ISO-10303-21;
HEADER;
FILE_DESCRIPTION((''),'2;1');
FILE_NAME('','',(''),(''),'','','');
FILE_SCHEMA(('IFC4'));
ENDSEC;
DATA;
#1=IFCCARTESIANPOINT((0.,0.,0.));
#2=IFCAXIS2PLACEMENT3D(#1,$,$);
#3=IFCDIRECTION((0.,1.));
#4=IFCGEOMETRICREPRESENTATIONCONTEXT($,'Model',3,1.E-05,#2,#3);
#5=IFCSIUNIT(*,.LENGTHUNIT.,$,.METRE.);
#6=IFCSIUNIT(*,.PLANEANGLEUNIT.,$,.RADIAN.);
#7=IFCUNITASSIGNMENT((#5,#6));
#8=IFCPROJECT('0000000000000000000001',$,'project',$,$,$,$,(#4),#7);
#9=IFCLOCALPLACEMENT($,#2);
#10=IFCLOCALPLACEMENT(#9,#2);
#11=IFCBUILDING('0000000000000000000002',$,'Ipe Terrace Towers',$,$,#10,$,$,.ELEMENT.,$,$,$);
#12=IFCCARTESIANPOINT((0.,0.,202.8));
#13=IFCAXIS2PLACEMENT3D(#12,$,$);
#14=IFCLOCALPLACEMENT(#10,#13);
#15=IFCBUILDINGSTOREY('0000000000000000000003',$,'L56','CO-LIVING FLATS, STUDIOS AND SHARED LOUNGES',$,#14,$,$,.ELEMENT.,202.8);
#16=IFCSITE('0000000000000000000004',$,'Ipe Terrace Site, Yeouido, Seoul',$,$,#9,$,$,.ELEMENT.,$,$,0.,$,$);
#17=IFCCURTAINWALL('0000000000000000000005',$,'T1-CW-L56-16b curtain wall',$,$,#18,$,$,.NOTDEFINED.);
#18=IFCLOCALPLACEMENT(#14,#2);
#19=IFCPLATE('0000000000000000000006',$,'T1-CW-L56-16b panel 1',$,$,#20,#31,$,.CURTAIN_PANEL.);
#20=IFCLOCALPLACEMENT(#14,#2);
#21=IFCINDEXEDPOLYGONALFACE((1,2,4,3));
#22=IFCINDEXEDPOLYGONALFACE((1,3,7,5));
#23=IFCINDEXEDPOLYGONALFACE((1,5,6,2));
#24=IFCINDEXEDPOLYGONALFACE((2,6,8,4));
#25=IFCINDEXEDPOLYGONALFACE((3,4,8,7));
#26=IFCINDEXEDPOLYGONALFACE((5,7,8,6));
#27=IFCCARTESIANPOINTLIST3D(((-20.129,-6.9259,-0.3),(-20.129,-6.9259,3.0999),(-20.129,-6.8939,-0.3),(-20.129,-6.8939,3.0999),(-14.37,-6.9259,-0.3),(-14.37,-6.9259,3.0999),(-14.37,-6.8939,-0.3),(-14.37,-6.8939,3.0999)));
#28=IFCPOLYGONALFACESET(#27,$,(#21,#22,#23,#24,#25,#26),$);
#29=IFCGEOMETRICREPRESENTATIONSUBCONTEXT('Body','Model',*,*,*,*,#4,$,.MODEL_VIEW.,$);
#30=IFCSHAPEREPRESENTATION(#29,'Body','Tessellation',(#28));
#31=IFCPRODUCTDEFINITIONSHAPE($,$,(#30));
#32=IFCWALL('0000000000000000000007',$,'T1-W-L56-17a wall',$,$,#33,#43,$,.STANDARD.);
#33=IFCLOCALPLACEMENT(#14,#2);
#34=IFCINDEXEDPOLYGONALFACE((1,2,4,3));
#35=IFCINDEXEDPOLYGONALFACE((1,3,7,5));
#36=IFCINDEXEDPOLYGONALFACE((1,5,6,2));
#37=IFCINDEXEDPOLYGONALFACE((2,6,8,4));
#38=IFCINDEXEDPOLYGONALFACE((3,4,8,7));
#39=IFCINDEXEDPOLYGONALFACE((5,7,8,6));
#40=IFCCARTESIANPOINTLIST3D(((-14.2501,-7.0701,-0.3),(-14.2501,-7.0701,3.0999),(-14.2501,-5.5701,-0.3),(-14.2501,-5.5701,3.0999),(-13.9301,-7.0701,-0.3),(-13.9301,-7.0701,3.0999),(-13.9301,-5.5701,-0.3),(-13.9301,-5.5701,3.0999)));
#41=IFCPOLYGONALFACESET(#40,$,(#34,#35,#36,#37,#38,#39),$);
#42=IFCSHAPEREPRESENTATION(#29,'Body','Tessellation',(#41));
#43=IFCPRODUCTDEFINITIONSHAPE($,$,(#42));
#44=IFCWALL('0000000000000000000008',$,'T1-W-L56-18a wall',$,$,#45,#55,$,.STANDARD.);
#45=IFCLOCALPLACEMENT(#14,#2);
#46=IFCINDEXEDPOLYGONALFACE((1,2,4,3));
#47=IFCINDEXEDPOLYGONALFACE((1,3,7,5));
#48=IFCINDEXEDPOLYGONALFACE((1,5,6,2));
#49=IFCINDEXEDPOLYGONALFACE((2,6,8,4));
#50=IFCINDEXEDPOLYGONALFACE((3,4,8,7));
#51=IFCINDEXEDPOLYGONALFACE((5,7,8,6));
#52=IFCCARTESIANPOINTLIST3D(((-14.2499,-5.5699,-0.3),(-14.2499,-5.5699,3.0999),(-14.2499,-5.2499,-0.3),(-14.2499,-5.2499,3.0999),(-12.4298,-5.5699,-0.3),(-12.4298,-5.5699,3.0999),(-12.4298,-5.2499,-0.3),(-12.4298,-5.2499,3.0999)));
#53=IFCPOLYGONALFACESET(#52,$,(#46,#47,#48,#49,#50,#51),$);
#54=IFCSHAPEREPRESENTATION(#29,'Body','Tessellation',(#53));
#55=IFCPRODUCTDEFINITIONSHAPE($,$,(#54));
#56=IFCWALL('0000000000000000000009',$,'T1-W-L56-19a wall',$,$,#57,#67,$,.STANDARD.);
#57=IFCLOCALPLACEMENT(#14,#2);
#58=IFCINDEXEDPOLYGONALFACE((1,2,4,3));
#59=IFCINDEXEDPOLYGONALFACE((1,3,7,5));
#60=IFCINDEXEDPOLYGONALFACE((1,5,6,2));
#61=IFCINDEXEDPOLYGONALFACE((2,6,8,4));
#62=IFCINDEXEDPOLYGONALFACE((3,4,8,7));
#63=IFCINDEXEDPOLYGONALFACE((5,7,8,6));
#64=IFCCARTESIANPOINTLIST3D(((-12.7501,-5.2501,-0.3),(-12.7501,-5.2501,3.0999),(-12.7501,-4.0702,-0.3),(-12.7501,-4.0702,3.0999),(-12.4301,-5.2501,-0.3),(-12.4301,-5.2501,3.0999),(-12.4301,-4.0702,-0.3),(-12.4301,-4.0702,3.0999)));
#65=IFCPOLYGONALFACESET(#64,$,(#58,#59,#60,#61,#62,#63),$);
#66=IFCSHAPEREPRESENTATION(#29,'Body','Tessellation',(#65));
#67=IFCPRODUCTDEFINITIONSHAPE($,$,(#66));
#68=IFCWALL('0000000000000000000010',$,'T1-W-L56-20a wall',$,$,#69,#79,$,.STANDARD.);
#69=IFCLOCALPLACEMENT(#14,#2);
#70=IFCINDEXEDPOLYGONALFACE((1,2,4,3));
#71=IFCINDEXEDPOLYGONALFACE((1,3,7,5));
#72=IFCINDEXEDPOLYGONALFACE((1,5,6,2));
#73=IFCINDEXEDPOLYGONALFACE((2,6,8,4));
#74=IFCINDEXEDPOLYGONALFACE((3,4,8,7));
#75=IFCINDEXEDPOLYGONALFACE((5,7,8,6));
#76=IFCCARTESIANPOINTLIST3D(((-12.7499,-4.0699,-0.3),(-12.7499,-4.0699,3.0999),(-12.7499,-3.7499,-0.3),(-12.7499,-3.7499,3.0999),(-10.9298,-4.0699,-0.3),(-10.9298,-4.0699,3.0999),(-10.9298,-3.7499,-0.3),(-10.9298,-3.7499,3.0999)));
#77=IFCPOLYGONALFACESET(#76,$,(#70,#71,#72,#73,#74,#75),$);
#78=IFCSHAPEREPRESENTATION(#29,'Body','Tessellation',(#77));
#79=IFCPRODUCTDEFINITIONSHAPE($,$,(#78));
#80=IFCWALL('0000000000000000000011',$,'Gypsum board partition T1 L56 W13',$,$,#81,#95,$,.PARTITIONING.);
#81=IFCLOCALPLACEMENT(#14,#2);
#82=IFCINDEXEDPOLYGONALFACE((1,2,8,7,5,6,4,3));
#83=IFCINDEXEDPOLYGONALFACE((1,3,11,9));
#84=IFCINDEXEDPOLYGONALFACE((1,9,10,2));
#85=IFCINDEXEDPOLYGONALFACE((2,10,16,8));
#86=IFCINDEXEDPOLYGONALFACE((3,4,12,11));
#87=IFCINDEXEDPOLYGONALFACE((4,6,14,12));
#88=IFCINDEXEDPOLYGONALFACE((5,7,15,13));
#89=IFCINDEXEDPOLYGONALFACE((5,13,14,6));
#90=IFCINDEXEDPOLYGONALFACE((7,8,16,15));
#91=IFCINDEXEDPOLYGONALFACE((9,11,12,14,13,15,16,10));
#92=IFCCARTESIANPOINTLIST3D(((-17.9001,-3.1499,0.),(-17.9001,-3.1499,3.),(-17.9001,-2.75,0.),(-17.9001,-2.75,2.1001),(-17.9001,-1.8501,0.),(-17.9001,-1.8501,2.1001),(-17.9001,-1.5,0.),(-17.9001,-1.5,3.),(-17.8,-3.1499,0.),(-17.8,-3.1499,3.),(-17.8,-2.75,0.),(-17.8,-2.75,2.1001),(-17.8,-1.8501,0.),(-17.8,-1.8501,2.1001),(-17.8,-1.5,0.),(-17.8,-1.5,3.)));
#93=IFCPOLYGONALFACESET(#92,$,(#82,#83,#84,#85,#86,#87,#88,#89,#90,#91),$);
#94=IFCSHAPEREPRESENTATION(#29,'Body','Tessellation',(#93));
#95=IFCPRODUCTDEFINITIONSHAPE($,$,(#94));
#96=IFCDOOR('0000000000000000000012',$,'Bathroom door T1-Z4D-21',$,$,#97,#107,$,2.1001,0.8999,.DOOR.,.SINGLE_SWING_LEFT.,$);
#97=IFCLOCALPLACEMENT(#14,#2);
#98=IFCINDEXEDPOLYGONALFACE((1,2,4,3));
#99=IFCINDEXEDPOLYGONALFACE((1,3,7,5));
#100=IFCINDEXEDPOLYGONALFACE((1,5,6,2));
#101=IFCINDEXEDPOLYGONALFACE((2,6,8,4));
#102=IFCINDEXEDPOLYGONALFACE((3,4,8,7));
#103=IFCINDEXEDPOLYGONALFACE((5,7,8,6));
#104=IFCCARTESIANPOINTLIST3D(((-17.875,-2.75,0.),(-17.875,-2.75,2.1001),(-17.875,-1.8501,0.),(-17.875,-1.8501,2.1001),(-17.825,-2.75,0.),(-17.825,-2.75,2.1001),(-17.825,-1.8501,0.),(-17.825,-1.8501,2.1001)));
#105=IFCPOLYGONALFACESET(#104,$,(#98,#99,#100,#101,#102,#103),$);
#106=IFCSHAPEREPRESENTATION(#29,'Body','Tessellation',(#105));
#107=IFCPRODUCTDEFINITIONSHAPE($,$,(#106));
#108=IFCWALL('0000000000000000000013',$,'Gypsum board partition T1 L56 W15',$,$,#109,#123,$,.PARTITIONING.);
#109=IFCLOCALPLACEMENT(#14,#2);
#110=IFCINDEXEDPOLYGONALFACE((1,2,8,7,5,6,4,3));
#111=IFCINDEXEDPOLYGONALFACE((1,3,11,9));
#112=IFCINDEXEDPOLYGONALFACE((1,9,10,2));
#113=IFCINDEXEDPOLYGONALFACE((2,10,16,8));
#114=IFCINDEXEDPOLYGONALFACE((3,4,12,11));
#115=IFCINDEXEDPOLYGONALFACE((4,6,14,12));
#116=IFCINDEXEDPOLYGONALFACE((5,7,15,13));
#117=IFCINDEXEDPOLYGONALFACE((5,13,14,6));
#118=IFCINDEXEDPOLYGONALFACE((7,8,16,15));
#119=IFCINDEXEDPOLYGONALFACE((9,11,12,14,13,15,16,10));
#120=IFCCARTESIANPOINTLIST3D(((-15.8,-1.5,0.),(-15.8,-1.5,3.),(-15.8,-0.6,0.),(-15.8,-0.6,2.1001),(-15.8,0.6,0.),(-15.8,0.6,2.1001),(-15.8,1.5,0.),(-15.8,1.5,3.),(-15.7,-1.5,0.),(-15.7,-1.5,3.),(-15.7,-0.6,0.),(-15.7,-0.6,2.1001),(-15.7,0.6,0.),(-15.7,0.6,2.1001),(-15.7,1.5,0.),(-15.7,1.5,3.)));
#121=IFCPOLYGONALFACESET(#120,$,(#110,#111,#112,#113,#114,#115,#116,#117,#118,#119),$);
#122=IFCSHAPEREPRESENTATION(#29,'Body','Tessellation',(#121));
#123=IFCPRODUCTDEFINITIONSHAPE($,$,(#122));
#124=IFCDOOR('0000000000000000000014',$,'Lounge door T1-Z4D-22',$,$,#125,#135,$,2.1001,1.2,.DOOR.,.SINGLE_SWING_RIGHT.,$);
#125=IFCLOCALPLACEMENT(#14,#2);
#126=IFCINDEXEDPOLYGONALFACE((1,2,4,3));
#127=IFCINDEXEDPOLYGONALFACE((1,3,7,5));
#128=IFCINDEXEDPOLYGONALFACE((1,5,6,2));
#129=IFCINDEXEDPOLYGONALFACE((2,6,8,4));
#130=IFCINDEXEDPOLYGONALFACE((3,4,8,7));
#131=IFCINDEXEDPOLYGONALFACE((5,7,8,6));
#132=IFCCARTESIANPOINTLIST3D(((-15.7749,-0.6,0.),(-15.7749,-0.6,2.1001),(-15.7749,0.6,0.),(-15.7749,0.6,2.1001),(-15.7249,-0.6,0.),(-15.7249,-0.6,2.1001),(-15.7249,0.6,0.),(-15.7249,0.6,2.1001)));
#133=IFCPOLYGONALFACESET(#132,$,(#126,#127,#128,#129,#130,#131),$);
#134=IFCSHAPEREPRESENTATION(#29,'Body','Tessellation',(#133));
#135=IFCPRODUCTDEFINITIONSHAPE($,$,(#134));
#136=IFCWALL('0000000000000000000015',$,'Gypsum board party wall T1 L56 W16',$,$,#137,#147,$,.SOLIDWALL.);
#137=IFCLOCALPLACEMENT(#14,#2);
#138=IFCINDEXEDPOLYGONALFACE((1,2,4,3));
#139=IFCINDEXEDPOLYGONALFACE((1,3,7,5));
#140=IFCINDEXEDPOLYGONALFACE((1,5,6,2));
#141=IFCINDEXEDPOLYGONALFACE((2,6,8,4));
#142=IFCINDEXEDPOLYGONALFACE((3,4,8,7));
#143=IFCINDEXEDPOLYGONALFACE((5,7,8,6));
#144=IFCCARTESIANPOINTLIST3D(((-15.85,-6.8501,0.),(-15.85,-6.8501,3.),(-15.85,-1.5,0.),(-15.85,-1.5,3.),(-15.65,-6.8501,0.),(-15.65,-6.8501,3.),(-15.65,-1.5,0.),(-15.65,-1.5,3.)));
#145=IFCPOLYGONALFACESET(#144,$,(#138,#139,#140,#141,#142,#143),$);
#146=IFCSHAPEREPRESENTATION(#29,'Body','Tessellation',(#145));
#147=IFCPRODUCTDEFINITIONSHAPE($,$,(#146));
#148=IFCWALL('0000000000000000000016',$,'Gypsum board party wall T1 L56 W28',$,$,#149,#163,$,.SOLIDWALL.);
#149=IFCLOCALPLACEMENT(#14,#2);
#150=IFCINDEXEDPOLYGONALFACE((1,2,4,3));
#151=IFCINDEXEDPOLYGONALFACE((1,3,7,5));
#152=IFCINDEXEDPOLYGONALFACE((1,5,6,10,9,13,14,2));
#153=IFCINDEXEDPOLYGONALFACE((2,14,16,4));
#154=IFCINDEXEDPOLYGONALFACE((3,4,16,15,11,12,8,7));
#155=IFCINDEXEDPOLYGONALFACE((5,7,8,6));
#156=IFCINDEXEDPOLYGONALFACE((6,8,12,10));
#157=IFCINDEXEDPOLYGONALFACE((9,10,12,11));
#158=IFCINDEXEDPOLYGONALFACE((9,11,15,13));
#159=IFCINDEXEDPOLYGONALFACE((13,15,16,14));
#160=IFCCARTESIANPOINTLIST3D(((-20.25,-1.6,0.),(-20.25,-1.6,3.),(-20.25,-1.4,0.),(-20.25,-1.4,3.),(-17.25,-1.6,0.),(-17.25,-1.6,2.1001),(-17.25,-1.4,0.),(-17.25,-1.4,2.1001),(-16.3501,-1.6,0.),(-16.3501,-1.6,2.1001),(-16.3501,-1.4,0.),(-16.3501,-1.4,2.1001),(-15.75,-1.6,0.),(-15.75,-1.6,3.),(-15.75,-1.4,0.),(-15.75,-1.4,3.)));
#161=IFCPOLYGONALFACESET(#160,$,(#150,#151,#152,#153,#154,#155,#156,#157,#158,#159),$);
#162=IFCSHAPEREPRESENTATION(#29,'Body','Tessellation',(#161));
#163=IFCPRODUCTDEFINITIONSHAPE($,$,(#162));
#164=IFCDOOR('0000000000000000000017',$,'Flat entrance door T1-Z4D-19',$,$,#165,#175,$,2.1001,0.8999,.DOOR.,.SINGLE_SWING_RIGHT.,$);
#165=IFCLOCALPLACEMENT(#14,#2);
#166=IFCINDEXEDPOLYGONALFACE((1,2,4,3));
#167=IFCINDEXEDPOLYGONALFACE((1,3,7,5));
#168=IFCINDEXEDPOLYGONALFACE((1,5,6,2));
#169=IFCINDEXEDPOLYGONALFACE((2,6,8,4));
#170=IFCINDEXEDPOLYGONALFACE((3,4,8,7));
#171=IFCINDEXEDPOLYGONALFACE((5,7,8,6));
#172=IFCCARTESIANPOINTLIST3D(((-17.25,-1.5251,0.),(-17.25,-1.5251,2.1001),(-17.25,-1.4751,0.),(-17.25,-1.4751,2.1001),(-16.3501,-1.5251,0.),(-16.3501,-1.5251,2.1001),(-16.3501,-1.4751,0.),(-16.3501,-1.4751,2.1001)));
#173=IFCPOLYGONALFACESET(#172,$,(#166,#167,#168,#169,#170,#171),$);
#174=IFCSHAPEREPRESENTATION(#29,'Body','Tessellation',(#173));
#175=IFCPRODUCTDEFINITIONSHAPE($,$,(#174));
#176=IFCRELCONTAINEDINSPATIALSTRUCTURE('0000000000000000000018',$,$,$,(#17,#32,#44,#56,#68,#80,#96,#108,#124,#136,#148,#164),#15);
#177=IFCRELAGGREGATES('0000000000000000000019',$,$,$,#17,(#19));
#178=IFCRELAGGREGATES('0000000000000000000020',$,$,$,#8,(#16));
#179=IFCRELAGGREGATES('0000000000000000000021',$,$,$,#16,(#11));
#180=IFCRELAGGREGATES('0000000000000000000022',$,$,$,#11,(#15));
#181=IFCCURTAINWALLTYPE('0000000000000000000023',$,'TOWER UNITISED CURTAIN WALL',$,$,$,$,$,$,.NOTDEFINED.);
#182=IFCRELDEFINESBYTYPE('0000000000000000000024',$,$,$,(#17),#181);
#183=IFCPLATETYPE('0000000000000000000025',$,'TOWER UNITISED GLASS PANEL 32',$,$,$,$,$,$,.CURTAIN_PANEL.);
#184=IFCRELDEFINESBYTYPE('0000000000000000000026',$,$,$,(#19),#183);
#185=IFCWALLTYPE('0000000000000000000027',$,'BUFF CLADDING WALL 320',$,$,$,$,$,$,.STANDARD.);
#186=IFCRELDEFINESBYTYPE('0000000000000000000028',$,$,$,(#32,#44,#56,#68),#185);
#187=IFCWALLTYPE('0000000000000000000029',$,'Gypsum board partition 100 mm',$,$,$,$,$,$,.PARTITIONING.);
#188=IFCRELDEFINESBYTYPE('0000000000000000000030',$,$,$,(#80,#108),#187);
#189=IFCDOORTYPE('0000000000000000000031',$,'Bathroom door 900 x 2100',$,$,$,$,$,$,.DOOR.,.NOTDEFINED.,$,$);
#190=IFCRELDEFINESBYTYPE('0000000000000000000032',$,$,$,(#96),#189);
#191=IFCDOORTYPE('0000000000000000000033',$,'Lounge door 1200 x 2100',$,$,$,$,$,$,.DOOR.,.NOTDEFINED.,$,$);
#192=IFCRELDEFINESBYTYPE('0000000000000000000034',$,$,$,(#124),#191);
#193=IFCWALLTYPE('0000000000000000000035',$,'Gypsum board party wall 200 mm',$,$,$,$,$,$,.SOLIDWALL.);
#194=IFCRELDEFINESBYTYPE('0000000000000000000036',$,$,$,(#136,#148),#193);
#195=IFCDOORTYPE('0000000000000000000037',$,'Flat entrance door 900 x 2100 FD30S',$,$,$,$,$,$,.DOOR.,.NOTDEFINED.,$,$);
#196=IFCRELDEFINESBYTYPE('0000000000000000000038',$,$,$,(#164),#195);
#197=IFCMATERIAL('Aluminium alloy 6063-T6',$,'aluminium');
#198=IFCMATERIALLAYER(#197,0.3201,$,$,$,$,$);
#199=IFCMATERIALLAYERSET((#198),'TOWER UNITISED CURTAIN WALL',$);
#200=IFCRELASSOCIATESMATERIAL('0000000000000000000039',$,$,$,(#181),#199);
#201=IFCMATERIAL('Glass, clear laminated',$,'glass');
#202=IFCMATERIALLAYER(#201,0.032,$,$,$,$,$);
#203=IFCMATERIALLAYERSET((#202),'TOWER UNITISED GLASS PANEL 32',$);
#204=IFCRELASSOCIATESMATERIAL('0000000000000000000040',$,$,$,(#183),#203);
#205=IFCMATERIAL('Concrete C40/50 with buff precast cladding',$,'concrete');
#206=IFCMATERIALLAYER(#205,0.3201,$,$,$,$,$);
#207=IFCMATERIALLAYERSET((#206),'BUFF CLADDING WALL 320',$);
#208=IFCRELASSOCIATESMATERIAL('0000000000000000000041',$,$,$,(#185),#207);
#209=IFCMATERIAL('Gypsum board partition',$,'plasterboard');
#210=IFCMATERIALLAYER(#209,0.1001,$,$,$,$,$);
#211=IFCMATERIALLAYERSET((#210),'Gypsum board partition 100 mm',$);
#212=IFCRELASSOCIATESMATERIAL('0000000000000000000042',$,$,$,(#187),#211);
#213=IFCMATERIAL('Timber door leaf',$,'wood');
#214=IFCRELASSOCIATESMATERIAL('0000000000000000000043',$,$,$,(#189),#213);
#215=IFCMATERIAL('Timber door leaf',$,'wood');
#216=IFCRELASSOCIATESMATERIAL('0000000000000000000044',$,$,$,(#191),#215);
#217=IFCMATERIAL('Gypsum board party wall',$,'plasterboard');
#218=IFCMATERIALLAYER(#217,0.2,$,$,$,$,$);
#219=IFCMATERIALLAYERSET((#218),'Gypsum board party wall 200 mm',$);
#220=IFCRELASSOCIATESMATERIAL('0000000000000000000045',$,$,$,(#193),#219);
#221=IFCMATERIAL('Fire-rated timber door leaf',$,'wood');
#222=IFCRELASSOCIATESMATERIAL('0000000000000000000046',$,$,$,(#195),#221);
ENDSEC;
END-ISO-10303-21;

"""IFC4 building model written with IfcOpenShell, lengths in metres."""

from ifc_helpers import new_model, si_unit, direction, frame, frame_2d, origin, origin_2d, place, context, subcontext, project, spatial, rectangle, extrude, material, layer, layer_set, type_object, element, fill, aggregate, save


model = new_model("IFC4")

# Units and contexts
model_context = context("Model", 3, precision=1e-05, world=origin(), true_north=direction((0.0, 1.0)))
body_context = subcontext(model_context, "Body", "Model", "MODEL_VIEW")
ifc_project = project(units=[si_unit("LENGTHUNIT", "METRE"), si_unit("PLANEANGLEUNIT", "RADIAN")], contexts=[model_context])

# Site, building, storey
site_placement = place(None, origin())
site = spatial("IfcSite", under=ifc_project, at=site_placement, Name="Ipe Terrace Site, Yeouido, Seoul", CompositionType="ELEMENT", RefElevation=0.0)
building_placement = place(site_placement, origin())
building = spatial("IfcBuilding", under=site, at=building_placement, Name="Ipe Terrace Towers", CompositionType="ELEMENT")
storey_placement = place(building_placement, frame((0.0, 0.0, 202.8)))
storey = spatial("IfcBuildingStorey", under=building, at=storey_placement, Name="L56", Description="CO-LIVING FLATS, STUDIOS AND SHARED LOUNGES", CompositionType="ELEMENT", Elevation=202.8)

# Curtain wall, plate
ifc_material_1 = material(Name="Aluminium alloy 6063-T6", Category="aluminium")
ifc_layer_1 = layer(ifc_material_1, 0.3201)
ifc_layer_set_1 = layer_set([ifc_layer_1], Name="TOWER UNITISED CURTAIN WALL")
curtain_wall_type = type_object("IfcCurtainWallType", Name="TOWER UNITISED CURTAIN WALL", PredefinedType="NOTDEFINED", material=ifc_layer_set_1)
curtain_wall_placement = place(storey_placement, origin())
curtain_wall = element("IfcCurtainWall", 1, at=curtain_wall_placement, inside=storey, type_object=curtain_wall_type, Name="T1-CW-L56-16b curtain wall", PredefinedType="NOTDEFINED")
ifc_material_2 = material(Name="Glass, clear laminated", Category="glass")
ifc_layer_2 = layer(ifc_material_2, 0.032)
ifc_layer_set_2 = layer_set([ifc_layer_2], Name="TOWER UNITISED GLASS PANEL 32")
plate_type = type_object("IfcPlateType", Name="TOWER UNITISED GLASS PANEL 32", PredefinedType="CURTAIN_PANEL", material=ifc_layer_set_2)
plate_placement = place(storey_placement, frame((-17.2495, -6.9099, -0.3), z_axis=(0.0, 0.0, 1.0), x_axis=(1.0, 0.0, 0.0)))
plate = element("IfcPlate", 2, at=plate_placement, type_object=plate_type, Name="T1-CW-L56-16b panel 1", PredefinedType="CURTAIN_PANEL", context=body_context, shape_type="SweptSolid", body=[
    extrude(rectangle(XDim=5.759, YDim=0.032, at=origin_2d()), origin(), (0.0, 0.0, 1.0), 3.3999),
])
aggregate(curtain_wall, [plate])

# Walls
ifc_material_3 = material(Name="Concrete C40/50 with buff precast cladding", Category="concrete")
ifc_layer_3 = layer(ifc_material_3, 0.3201)
ifc_layer_set_3 = layer_set([ifc_layer_3], Name="BUFF CLADDING WALL 320")
wall_type_1 = type_object("IfcWallType", Name="BUFF CLADDING WALL 320", PredefinedType="STANDARD", material=ifc_layer_set_3)
wall_1_placement = place(storey_placement, frame((-14.0901, -7.0701, -0.3), z_axis=(0.0, 0.0, 1.0), x_axis=(0.0, 1.0, 0.0)))
element("IfcWall", 3, at=wall_1_placement, inside=storey, type_object=wall_type_1, Name="T1-W-L56-17a wall", PredefinedType="STANDARD", context=body_context, shape_type="SweptSolid", body=[
    extrude(rectangle(XDim=1.5, YDim=0.3201, at=frame_2d((0.75, 0.0))), origin(), (0.0, 0.0, 1.0), 3.3999),
])
wall_2_placement = place(storey_placement, frame((-14.25, -5.4099, -0.3), z_axis=(0.0, 0.0, 1.0), x_axis=(1.0, 0.0, 0.0)))
element("IfcWall", 4, at=wall_2_placement, inside=storey, type_object=wall_type_1, Name="T1-W-L56-18a wall", PredefinedType="STANDARD", context=body_context, shape_type="SweptSolid", body=[
    extrude(rectangle(XDim=1.8201, YDim=0.3201, at=frame_2d((0.9102, 0.0))), origin(), (0.0, 0.0, 1.0), 3.3999),
])
wall_3_placement = place(storey_placement, frame((-12.5901, -5.25, -0.3), z_axis=(0.0, 0.0, 1.0), x_axis=(0.0, 1.0, 0.0)))
element("IfcWall", 5, at=wall_3_placement, inside=storey, type_object=wall_type_1, Name="T1-W-L56-19a wall", PredefinedType="STANDARD", context=body_context, shape_type="SweptSolid", body=[
    extrude(rectangle(XDim=1.1799, YDim=0.3201, at=frame_2d((0.5898, 0.0))), origin(), (0.0, 0.0, 1.0), 3.3999),
])
wall_4_placement = place(storey_placement, frame((-12.75, -3.9099, -0.3), z_axis=(0.0, 0.0, 1.0), x_axis=(1.0, 0.0, 0.0)))
element("IfcWall", 6, at=wall_4_placement, inside=storey, type_object=wall_type_1, Name="T1-W-L56-20a wall", PredefinedType="STANDARD", context=body_context, shape_type="SweptSolid", body=[
    extrude(rectangle(XDim=1.8201, YDim=0.3201, at=frame_2d((0.9102, 0.0))), origin(), (0.0, 0.0, 1.0), 3.3999),
])

# Walls, openings, doors
ifc_material_4 = material(Name="Gypsum board partition", Category="plasterboard")
ifc_layer_4 = layer(ifc_material_4, 0.1001)
ifc_layer_set_4 = layer_set([ifc_layer_4], Name="Gypsum board partition 100 mm")
wall_type_2 = type_object("IfcWallType", Name="Gypsum board partition 100 mm", PredefinedType="PARTITIONING", material=ifc_layer_set_4)
wall_5_placement = place(storey_placement, frame((-17.8501, -3.1499, 0.0), z_axis=(0.0, 0.0, 1.0), x_axis=(0.0, 1.0, 0.0)))
wall_5 = element("IfcWall", 7, at=wall_5_placement, inside=storey, type_object=wall_type_2, Name="Gypsum board partition T1 L56 W13", PredefinedType="PARTITIONING", context=body_context, shape_type="SweptSolid", body=[
    extrude(rectangle(XDim=1.6499, YDim=0.1001, at=frame_2d((0.825, 0.0))), origin(), (0.0, 0.0, 1.0), 3.0),
])
opening_1_placement = place(wall_5_placement, frame((0.3999, 0.0, 0.0)))
opening_1 = element("IfcOpeningElement", 8, at=opening_1_placement, cuts=wall_5, PredefinedType="OPENING", context=body_context, shape_type="SweptSolid", body=[
    extrude(rectangle(XDim=0.8999, YDim=2.1001, at=frame_2d((0.45, 1.05))), frame((0.0, 0.0601, 0.0), z_axis=(0.0, -1.0, 0.0), x_axis=(1.0, 0.0, 0.0)), (0.0, 0.0, 1.0), 0.1201),
])
ifc_material_5 = material(Name="Timber door leaf", Category="wood")
door_type_1 = type_object("IfcDoorType", Name="Bathroom door 900 x 2100", OperationType="NOTDEFINED", PredefinedType="DOOR", material=ifc_material_5)
door_1_placement = place(opening_1_placement, origin())
door_1 = element("IfcDoor", 9, at=door_1_placement, inside=storey, type_object=door_type_1, Name="Bathroom door T1-Z4D-21", OperationType="SINGLE_SWING_LEFT", OverallHeight=2.1001, OverallWidth=0.8999, PredefinedType="DOOR", context=body_context, shape_type="SweptSolid", body=[
    extrude(rectangle(XDim=0.8999, YDim=2.1001, at=frame_2d((0.45, 1.05))), frame((0.0, 0.0249, 0.0), z_axis=(0.0, -1.0, 0.0), x_axis=(1.0, 0.0, 0.0)), (0.0, 0.0, 1.0), 0.05),
])
fill(opening_1, door_1)
wall_6_placement = place(storey_placement, frame((-15.75, -1.5, 0.0), z_axis=(0.0, 0.0, 1.0), x_axis=(0.0, 1.0, 0.0)))
wall_6 = element("IfcWall", 10, at=wall_6_placement, inside=storey, type_object=wall_type_2, Name="Gypsum board partition T1 L56 W15", PredefinedType="PARTITIONING", context=body_context, shape_type="SweptSolid", body=[
    extrude(rectangle(XDim=3.0, YDim=0.1001, at=frame_2d((1.5, 0.0))), origin(), (0.0, 0.0, 1.0), 3.0),
])
opening_2_placement = place(wall_6_placement, frame((0.8999, 0.0, 0.0)))
opening_2 = element("IfcOpeningElement", 11, at=opening_2_placement, cuts=wall_6, PredefinedType="OPENING", context=body_context, shape_type="SweptSolid", body=[
    extrude(rectangle(XDim=1.2, YDim=2.1001, at=frame_2d((0.6001, 1.05))), frame((0.0, 0.0601, 0.0), z_axis=(0.0, -1.0, 0.0), x_axis=(1.0, 0.0, 0.0)), (0.0, 0.0, 1.0), 0.1201),
])
ifc_material_6 = material(Name="Timber door leaf", Category="wood")
door_type_2 = type_object("IfcDoorType", Name="Lounge door 1200 x 2100", OperationType="NOTDEFINED", PredefinedType="DOOR", material=ifc_material_6)
door_2_placement = place(opening_2_placement, origin())
door_2 = element("IfcDoor", 12, at=door_2_placement, inside=storey, type_object=door_type_2, Name="Lounge door T1-Z4D-22", OperationType="SINGLE_SWING_RIGHT", OverallHeight=2.1001, OverallWidth=1.2, PredefinedType="DOOR", context=body_context, shape_type="SweptSolid", body=[
    extrude(rectangle(XDim=1.2, YDim=2.1001, at=frame_2d((0.6001, 1.05))), frame((0.0, 0.0249, 0.0), z_axis=(0.0, -1.0, 0.0), x_axis=(1.0, 0.0, 0.0)), (0.0, 0.0, 1.0), 0.05),
])
fill(opening_2, door_2)

# Wall
ifc_material_7 = material(Name="Gypsum board party wall", Category="plasterboard")
ifc_layer_5 = layer(ifc_material_7, 0.2)
ifc_layer_set_5 = layer_set([ifc_layer_5], Name="Gypsum board party wall 200 mm")
wall_type_3 = type_object("IfcWallType", Name="Gypsum board party wall 200 mm", PredefinedType="SOLIDWALL", material=ifc_layer_set_5)
wall_7_placement = place(storey_placement, frame((-15.75, -6.8501, 0.0), z_axis=(0.0, 0.0, 1.0), x_axis=(0.0, 1.0, 0.0)))
element("IfcWall", 13, at=wall_7_placement, inside=storey, type_object=wall_type_3, Name="Gypsum board party wall T1 L56 W16", PredefinedType="SOLIDWALL", context=body_context, shape_type="SweptSolid", body=[
    extrude(rectangle(XDim=5.3501, YDim=0.2, at=frame_2d((2.675, 0.0))), origin(), (0.0, 0.0, 1.0), 3.0),
])

# Wall, opening, door
wall_8_placement = place(storey_placement, frame((-20.25, -1.5, 0.0), z_axis=(0.0, 0.0, 1.0), x_axis=(1.0, 0.0, 0.0)))
wall_8 = element("IfcWall", 14, at=wall_8_placement, inside=storey, type_object=wall_type_3, Name="Gypsum board party wall T1 L56 W28", PredefinedType="SOLIDWALL", context=body_context, shape_type="SweptSolid", body=[
    extrude(rectangle(XDim=4.5, YDim=0.2, at=frame_2d((2.25, 0.0))), origin(), (0.0, 0.0, 1.0), 3.0),
])
opening_3_placement = place(wall_8_placement, frame((3.0, 0.0, 0.0)))
opening_3 = element("IfcOpeningElement", 15, at=opening_3_placement, cuts=wall_8, PredefinedType="OPENING", context=body_context, shape_type="SweptSolid", body=[
    extrude(rectangle(XDim=0.8999, YDim=2.1001, at=frame_2d((0.45, 1.05))), frame((0.0, 0.1099, 0.0), z_axis=(0.0, -1.0, 0.0), x_axis=(1.0, 0.0, 0.0)), (0.0, 0.0, 1.0), 0.22),
])
ifc_material_8 = material(Name="Fire-rated timber door leaf", Category="wood")
door_type_3 = type_object("IfcDoorType", Name="Flat entrance door 900 x 2100 FD30S", OperationType="NOTDEFINED", PredefinedType="DOOR", material=ifc_material_8)
door_3_placement = place(opening_3_placement, origin())
door_3 = element("IfcDoor", 16, at=door_3_placement, inside=storey, type_object=door_type_3, Name="Flat entrance door T1-Z4D-19", OperationType="SINGLE_SWING_RIGHT", OverallHeight=2.1001, OverallWidth=0.8999, PredefinedType="DOOR", context=body_context, shape_type="SweptSolid", body=[
    extrude(rectangle(XDim=0.8999, YDim=2.1001, at=frame_2d((0.45, 1.05))), frame((0.0, 0.0249, 0.0), z_axis=(0.0, -1.0, 0.0), x_axis=(1.0, 0.0, 0.0)), (0.0, 0.0, 1.0), 0.05),
])
fill(opening_3, door_3)

save(model, "model.ifc")
